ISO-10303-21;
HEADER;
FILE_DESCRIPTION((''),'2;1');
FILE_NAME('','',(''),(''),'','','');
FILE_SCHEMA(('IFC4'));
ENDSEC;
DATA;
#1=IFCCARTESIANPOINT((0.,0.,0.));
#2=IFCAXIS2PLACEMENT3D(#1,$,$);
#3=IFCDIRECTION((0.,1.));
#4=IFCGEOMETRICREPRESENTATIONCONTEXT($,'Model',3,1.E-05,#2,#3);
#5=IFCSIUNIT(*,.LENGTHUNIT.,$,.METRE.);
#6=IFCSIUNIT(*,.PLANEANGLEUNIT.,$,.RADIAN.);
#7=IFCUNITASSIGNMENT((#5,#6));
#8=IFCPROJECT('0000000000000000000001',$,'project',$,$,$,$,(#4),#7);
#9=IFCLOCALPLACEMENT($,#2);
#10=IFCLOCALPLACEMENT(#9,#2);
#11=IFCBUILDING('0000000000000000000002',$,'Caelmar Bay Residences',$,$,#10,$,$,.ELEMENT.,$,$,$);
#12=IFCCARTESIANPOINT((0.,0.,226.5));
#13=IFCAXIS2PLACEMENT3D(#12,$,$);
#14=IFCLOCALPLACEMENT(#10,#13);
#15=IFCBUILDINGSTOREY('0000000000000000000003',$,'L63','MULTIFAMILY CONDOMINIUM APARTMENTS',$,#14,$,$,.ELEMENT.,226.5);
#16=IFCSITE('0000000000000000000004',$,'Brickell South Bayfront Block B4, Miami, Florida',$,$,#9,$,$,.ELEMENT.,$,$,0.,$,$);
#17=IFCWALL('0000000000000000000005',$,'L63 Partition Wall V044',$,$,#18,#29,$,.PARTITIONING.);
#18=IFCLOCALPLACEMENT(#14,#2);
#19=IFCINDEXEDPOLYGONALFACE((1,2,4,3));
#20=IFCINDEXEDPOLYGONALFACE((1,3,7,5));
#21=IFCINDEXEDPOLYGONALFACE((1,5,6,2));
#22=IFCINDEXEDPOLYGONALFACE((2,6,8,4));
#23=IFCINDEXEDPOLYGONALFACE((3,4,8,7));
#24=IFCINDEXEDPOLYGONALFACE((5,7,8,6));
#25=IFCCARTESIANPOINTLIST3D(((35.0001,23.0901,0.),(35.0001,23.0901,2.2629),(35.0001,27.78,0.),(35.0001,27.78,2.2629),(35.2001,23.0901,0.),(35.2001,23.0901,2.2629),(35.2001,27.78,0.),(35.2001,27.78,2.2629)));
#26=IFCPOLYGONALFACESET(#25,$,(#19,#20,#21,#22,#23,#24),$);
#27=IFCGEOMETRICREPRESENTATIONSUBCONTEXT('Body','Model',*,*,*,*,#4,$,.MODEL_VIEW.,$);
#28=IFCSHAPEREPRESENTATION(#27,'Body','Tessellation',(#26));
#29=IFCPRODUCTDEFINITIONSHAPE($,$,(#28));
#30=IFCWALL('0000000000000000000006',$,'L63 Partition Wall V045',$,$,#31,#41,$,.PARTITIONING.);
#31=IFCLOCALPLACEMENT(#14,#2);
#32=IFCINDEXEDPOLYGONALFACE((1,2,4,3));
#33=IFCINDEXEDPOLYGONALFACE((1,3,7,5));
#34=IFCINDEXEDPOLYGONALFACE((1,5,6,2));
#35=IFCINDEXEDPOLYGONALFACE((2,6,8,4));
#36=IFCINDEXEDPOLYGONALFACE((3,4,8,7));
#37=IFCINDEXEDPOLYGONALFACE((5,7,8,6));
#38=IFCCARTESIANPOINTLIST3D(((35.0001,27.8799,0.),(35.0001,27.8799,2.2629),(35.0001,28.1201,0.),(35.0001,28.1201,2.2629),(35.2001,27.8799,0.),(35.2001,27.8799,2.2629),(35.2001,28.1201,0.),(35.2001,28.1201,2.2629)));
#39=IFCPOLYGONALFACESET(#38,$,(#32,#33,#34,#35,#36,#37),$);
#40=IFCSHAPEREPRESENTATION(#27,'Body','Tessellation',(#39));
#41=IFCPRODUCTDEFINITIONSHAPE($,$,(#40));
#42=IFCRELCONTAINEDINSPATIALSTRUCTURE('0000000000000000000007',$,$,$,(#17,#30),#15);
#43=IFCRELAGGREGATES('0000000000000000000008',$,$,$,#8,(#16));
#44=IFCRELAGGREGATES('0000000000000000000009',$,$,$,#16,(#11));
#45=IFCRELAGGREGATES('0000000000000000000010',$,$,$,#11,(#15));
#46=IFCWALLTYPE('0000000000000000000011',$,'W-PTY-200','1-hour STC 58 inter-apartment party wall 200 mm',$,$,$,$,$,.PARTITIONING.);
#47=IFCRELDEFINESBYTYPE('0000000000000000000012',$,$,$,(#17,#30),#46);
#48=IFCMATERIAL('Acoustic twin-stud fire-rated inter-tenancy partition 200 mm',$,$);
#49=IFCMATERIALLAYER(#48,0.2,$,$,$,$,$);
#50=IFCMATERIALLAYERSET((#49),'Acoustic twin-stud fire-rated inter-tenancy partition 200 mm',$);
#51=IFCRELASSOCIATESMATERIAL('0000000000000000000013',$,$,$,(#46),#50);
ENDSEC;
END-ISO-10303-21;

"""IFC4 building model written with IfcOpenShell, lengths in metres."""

from ifc_helpers import new_model, si_unit, direction, frame, frame_2d, origin, place, context, subcontext, project, spatial, rectangle, extrude, material, layer, layer_set, type_object, element, save


model = new_model("IFC4")

# Units and contexts
model_context = context("Model", 3, precision=1e-05, world=origin(), true_north=direction((0.0, 1.0)))
body_context = subcontext(model_context, "Body", "Model", "MODEL_VIEW")
ifc_project = project(units=[si_unit("LENGTHUNIT", "METRE"), si_unit("PLANEANGLEUNIT", "RADIAN")], contexts=[model_context])

# Site, building, storey
site_placement = place(None, origin())
site = spatial("IfcSite", under=ifc_project, at=site_placement, Name="Brickell South Bayfront Block B4, Miami, Florida", CompositionType="ELEMENT", RefElevation=0.0)
building_placement = place(site_placement, origin())
building = spatial("IfcBuilding", under=site, at=building_placement, Name="Caelmar Bay Residences", CompositionType="ELEMENT")
storey_placement = place(building_placement, frame((0.0, 0.0, 226.5)))
storey = spatial("IfcBuildingStorey", under=building, at=storey_placement, Name="L63", Description="MULTIFAMILY CONDOMINIUM APARTMENTS", CompositionType="ELEMENT", Elevation=226.5)

# Walls
ifc_material_1 = material(Name="Acoustic twin-stud fire-rated inter-tenancy partition 200 mm")
ifc_layer_1 = layer(ifc_material_1, 0.2)
ifc_layer_set_1 = layer_set([ifc_layer_1], Name="Acoustic twin-stud fire-rated inter-tenancy partition 200 mm")
wall_type_1 = type_object("IfcWallType", Name="W-PTY-200", Description="1-hour STC 58 inter-apartment party wall 200 mm", PredefinedType="PARTITIONING", material=ifc_layer_set_1)
wall_1_placement = place(storey_placement, frame((35.1001, 23.0901, 0.0), z_axis=(0.0, 0.0, 1.0), x_axis=(0.0, 1.0, 0.0)))
element("IfcWall", 1, at=wall_1_placement, inside=storey, type_object=wall_type_1, Name="L63 Partition Wall V044", PredefinedType="PARTITIONING", context=body_context, shape_type="SweptSolid", body=[
    extrude(rectangle(XDim=4.6899, YDim=0.2, at=frame_2d((2.345, 0.0))), origin(), (0.0, 0.0, 1.0), 2.2629),
])
wall_2_placement = place(storey_placement, frame((35.1001, 27.8799, 0.0), z_axis=(0.0, 0.0, 1.0), x_axis=(0.0, 1.0, 0.0)))
element("IfcWall", 2, at=wall_2_placement, inside=storey, type_object=wall_type_1, Name="L63 Partition Wall V045", PredefinedType="PARTITIONING", context=body_context, shape_type="SweptSolid", body=[
    extrude(rectangle(XDim=0.2402, YDim=0.2, at=frame_2d((0.1201, 0.0))), origin(), (0.0, 0.0, 1.0), 2.2629),
])

save(model, "model.ifc")
